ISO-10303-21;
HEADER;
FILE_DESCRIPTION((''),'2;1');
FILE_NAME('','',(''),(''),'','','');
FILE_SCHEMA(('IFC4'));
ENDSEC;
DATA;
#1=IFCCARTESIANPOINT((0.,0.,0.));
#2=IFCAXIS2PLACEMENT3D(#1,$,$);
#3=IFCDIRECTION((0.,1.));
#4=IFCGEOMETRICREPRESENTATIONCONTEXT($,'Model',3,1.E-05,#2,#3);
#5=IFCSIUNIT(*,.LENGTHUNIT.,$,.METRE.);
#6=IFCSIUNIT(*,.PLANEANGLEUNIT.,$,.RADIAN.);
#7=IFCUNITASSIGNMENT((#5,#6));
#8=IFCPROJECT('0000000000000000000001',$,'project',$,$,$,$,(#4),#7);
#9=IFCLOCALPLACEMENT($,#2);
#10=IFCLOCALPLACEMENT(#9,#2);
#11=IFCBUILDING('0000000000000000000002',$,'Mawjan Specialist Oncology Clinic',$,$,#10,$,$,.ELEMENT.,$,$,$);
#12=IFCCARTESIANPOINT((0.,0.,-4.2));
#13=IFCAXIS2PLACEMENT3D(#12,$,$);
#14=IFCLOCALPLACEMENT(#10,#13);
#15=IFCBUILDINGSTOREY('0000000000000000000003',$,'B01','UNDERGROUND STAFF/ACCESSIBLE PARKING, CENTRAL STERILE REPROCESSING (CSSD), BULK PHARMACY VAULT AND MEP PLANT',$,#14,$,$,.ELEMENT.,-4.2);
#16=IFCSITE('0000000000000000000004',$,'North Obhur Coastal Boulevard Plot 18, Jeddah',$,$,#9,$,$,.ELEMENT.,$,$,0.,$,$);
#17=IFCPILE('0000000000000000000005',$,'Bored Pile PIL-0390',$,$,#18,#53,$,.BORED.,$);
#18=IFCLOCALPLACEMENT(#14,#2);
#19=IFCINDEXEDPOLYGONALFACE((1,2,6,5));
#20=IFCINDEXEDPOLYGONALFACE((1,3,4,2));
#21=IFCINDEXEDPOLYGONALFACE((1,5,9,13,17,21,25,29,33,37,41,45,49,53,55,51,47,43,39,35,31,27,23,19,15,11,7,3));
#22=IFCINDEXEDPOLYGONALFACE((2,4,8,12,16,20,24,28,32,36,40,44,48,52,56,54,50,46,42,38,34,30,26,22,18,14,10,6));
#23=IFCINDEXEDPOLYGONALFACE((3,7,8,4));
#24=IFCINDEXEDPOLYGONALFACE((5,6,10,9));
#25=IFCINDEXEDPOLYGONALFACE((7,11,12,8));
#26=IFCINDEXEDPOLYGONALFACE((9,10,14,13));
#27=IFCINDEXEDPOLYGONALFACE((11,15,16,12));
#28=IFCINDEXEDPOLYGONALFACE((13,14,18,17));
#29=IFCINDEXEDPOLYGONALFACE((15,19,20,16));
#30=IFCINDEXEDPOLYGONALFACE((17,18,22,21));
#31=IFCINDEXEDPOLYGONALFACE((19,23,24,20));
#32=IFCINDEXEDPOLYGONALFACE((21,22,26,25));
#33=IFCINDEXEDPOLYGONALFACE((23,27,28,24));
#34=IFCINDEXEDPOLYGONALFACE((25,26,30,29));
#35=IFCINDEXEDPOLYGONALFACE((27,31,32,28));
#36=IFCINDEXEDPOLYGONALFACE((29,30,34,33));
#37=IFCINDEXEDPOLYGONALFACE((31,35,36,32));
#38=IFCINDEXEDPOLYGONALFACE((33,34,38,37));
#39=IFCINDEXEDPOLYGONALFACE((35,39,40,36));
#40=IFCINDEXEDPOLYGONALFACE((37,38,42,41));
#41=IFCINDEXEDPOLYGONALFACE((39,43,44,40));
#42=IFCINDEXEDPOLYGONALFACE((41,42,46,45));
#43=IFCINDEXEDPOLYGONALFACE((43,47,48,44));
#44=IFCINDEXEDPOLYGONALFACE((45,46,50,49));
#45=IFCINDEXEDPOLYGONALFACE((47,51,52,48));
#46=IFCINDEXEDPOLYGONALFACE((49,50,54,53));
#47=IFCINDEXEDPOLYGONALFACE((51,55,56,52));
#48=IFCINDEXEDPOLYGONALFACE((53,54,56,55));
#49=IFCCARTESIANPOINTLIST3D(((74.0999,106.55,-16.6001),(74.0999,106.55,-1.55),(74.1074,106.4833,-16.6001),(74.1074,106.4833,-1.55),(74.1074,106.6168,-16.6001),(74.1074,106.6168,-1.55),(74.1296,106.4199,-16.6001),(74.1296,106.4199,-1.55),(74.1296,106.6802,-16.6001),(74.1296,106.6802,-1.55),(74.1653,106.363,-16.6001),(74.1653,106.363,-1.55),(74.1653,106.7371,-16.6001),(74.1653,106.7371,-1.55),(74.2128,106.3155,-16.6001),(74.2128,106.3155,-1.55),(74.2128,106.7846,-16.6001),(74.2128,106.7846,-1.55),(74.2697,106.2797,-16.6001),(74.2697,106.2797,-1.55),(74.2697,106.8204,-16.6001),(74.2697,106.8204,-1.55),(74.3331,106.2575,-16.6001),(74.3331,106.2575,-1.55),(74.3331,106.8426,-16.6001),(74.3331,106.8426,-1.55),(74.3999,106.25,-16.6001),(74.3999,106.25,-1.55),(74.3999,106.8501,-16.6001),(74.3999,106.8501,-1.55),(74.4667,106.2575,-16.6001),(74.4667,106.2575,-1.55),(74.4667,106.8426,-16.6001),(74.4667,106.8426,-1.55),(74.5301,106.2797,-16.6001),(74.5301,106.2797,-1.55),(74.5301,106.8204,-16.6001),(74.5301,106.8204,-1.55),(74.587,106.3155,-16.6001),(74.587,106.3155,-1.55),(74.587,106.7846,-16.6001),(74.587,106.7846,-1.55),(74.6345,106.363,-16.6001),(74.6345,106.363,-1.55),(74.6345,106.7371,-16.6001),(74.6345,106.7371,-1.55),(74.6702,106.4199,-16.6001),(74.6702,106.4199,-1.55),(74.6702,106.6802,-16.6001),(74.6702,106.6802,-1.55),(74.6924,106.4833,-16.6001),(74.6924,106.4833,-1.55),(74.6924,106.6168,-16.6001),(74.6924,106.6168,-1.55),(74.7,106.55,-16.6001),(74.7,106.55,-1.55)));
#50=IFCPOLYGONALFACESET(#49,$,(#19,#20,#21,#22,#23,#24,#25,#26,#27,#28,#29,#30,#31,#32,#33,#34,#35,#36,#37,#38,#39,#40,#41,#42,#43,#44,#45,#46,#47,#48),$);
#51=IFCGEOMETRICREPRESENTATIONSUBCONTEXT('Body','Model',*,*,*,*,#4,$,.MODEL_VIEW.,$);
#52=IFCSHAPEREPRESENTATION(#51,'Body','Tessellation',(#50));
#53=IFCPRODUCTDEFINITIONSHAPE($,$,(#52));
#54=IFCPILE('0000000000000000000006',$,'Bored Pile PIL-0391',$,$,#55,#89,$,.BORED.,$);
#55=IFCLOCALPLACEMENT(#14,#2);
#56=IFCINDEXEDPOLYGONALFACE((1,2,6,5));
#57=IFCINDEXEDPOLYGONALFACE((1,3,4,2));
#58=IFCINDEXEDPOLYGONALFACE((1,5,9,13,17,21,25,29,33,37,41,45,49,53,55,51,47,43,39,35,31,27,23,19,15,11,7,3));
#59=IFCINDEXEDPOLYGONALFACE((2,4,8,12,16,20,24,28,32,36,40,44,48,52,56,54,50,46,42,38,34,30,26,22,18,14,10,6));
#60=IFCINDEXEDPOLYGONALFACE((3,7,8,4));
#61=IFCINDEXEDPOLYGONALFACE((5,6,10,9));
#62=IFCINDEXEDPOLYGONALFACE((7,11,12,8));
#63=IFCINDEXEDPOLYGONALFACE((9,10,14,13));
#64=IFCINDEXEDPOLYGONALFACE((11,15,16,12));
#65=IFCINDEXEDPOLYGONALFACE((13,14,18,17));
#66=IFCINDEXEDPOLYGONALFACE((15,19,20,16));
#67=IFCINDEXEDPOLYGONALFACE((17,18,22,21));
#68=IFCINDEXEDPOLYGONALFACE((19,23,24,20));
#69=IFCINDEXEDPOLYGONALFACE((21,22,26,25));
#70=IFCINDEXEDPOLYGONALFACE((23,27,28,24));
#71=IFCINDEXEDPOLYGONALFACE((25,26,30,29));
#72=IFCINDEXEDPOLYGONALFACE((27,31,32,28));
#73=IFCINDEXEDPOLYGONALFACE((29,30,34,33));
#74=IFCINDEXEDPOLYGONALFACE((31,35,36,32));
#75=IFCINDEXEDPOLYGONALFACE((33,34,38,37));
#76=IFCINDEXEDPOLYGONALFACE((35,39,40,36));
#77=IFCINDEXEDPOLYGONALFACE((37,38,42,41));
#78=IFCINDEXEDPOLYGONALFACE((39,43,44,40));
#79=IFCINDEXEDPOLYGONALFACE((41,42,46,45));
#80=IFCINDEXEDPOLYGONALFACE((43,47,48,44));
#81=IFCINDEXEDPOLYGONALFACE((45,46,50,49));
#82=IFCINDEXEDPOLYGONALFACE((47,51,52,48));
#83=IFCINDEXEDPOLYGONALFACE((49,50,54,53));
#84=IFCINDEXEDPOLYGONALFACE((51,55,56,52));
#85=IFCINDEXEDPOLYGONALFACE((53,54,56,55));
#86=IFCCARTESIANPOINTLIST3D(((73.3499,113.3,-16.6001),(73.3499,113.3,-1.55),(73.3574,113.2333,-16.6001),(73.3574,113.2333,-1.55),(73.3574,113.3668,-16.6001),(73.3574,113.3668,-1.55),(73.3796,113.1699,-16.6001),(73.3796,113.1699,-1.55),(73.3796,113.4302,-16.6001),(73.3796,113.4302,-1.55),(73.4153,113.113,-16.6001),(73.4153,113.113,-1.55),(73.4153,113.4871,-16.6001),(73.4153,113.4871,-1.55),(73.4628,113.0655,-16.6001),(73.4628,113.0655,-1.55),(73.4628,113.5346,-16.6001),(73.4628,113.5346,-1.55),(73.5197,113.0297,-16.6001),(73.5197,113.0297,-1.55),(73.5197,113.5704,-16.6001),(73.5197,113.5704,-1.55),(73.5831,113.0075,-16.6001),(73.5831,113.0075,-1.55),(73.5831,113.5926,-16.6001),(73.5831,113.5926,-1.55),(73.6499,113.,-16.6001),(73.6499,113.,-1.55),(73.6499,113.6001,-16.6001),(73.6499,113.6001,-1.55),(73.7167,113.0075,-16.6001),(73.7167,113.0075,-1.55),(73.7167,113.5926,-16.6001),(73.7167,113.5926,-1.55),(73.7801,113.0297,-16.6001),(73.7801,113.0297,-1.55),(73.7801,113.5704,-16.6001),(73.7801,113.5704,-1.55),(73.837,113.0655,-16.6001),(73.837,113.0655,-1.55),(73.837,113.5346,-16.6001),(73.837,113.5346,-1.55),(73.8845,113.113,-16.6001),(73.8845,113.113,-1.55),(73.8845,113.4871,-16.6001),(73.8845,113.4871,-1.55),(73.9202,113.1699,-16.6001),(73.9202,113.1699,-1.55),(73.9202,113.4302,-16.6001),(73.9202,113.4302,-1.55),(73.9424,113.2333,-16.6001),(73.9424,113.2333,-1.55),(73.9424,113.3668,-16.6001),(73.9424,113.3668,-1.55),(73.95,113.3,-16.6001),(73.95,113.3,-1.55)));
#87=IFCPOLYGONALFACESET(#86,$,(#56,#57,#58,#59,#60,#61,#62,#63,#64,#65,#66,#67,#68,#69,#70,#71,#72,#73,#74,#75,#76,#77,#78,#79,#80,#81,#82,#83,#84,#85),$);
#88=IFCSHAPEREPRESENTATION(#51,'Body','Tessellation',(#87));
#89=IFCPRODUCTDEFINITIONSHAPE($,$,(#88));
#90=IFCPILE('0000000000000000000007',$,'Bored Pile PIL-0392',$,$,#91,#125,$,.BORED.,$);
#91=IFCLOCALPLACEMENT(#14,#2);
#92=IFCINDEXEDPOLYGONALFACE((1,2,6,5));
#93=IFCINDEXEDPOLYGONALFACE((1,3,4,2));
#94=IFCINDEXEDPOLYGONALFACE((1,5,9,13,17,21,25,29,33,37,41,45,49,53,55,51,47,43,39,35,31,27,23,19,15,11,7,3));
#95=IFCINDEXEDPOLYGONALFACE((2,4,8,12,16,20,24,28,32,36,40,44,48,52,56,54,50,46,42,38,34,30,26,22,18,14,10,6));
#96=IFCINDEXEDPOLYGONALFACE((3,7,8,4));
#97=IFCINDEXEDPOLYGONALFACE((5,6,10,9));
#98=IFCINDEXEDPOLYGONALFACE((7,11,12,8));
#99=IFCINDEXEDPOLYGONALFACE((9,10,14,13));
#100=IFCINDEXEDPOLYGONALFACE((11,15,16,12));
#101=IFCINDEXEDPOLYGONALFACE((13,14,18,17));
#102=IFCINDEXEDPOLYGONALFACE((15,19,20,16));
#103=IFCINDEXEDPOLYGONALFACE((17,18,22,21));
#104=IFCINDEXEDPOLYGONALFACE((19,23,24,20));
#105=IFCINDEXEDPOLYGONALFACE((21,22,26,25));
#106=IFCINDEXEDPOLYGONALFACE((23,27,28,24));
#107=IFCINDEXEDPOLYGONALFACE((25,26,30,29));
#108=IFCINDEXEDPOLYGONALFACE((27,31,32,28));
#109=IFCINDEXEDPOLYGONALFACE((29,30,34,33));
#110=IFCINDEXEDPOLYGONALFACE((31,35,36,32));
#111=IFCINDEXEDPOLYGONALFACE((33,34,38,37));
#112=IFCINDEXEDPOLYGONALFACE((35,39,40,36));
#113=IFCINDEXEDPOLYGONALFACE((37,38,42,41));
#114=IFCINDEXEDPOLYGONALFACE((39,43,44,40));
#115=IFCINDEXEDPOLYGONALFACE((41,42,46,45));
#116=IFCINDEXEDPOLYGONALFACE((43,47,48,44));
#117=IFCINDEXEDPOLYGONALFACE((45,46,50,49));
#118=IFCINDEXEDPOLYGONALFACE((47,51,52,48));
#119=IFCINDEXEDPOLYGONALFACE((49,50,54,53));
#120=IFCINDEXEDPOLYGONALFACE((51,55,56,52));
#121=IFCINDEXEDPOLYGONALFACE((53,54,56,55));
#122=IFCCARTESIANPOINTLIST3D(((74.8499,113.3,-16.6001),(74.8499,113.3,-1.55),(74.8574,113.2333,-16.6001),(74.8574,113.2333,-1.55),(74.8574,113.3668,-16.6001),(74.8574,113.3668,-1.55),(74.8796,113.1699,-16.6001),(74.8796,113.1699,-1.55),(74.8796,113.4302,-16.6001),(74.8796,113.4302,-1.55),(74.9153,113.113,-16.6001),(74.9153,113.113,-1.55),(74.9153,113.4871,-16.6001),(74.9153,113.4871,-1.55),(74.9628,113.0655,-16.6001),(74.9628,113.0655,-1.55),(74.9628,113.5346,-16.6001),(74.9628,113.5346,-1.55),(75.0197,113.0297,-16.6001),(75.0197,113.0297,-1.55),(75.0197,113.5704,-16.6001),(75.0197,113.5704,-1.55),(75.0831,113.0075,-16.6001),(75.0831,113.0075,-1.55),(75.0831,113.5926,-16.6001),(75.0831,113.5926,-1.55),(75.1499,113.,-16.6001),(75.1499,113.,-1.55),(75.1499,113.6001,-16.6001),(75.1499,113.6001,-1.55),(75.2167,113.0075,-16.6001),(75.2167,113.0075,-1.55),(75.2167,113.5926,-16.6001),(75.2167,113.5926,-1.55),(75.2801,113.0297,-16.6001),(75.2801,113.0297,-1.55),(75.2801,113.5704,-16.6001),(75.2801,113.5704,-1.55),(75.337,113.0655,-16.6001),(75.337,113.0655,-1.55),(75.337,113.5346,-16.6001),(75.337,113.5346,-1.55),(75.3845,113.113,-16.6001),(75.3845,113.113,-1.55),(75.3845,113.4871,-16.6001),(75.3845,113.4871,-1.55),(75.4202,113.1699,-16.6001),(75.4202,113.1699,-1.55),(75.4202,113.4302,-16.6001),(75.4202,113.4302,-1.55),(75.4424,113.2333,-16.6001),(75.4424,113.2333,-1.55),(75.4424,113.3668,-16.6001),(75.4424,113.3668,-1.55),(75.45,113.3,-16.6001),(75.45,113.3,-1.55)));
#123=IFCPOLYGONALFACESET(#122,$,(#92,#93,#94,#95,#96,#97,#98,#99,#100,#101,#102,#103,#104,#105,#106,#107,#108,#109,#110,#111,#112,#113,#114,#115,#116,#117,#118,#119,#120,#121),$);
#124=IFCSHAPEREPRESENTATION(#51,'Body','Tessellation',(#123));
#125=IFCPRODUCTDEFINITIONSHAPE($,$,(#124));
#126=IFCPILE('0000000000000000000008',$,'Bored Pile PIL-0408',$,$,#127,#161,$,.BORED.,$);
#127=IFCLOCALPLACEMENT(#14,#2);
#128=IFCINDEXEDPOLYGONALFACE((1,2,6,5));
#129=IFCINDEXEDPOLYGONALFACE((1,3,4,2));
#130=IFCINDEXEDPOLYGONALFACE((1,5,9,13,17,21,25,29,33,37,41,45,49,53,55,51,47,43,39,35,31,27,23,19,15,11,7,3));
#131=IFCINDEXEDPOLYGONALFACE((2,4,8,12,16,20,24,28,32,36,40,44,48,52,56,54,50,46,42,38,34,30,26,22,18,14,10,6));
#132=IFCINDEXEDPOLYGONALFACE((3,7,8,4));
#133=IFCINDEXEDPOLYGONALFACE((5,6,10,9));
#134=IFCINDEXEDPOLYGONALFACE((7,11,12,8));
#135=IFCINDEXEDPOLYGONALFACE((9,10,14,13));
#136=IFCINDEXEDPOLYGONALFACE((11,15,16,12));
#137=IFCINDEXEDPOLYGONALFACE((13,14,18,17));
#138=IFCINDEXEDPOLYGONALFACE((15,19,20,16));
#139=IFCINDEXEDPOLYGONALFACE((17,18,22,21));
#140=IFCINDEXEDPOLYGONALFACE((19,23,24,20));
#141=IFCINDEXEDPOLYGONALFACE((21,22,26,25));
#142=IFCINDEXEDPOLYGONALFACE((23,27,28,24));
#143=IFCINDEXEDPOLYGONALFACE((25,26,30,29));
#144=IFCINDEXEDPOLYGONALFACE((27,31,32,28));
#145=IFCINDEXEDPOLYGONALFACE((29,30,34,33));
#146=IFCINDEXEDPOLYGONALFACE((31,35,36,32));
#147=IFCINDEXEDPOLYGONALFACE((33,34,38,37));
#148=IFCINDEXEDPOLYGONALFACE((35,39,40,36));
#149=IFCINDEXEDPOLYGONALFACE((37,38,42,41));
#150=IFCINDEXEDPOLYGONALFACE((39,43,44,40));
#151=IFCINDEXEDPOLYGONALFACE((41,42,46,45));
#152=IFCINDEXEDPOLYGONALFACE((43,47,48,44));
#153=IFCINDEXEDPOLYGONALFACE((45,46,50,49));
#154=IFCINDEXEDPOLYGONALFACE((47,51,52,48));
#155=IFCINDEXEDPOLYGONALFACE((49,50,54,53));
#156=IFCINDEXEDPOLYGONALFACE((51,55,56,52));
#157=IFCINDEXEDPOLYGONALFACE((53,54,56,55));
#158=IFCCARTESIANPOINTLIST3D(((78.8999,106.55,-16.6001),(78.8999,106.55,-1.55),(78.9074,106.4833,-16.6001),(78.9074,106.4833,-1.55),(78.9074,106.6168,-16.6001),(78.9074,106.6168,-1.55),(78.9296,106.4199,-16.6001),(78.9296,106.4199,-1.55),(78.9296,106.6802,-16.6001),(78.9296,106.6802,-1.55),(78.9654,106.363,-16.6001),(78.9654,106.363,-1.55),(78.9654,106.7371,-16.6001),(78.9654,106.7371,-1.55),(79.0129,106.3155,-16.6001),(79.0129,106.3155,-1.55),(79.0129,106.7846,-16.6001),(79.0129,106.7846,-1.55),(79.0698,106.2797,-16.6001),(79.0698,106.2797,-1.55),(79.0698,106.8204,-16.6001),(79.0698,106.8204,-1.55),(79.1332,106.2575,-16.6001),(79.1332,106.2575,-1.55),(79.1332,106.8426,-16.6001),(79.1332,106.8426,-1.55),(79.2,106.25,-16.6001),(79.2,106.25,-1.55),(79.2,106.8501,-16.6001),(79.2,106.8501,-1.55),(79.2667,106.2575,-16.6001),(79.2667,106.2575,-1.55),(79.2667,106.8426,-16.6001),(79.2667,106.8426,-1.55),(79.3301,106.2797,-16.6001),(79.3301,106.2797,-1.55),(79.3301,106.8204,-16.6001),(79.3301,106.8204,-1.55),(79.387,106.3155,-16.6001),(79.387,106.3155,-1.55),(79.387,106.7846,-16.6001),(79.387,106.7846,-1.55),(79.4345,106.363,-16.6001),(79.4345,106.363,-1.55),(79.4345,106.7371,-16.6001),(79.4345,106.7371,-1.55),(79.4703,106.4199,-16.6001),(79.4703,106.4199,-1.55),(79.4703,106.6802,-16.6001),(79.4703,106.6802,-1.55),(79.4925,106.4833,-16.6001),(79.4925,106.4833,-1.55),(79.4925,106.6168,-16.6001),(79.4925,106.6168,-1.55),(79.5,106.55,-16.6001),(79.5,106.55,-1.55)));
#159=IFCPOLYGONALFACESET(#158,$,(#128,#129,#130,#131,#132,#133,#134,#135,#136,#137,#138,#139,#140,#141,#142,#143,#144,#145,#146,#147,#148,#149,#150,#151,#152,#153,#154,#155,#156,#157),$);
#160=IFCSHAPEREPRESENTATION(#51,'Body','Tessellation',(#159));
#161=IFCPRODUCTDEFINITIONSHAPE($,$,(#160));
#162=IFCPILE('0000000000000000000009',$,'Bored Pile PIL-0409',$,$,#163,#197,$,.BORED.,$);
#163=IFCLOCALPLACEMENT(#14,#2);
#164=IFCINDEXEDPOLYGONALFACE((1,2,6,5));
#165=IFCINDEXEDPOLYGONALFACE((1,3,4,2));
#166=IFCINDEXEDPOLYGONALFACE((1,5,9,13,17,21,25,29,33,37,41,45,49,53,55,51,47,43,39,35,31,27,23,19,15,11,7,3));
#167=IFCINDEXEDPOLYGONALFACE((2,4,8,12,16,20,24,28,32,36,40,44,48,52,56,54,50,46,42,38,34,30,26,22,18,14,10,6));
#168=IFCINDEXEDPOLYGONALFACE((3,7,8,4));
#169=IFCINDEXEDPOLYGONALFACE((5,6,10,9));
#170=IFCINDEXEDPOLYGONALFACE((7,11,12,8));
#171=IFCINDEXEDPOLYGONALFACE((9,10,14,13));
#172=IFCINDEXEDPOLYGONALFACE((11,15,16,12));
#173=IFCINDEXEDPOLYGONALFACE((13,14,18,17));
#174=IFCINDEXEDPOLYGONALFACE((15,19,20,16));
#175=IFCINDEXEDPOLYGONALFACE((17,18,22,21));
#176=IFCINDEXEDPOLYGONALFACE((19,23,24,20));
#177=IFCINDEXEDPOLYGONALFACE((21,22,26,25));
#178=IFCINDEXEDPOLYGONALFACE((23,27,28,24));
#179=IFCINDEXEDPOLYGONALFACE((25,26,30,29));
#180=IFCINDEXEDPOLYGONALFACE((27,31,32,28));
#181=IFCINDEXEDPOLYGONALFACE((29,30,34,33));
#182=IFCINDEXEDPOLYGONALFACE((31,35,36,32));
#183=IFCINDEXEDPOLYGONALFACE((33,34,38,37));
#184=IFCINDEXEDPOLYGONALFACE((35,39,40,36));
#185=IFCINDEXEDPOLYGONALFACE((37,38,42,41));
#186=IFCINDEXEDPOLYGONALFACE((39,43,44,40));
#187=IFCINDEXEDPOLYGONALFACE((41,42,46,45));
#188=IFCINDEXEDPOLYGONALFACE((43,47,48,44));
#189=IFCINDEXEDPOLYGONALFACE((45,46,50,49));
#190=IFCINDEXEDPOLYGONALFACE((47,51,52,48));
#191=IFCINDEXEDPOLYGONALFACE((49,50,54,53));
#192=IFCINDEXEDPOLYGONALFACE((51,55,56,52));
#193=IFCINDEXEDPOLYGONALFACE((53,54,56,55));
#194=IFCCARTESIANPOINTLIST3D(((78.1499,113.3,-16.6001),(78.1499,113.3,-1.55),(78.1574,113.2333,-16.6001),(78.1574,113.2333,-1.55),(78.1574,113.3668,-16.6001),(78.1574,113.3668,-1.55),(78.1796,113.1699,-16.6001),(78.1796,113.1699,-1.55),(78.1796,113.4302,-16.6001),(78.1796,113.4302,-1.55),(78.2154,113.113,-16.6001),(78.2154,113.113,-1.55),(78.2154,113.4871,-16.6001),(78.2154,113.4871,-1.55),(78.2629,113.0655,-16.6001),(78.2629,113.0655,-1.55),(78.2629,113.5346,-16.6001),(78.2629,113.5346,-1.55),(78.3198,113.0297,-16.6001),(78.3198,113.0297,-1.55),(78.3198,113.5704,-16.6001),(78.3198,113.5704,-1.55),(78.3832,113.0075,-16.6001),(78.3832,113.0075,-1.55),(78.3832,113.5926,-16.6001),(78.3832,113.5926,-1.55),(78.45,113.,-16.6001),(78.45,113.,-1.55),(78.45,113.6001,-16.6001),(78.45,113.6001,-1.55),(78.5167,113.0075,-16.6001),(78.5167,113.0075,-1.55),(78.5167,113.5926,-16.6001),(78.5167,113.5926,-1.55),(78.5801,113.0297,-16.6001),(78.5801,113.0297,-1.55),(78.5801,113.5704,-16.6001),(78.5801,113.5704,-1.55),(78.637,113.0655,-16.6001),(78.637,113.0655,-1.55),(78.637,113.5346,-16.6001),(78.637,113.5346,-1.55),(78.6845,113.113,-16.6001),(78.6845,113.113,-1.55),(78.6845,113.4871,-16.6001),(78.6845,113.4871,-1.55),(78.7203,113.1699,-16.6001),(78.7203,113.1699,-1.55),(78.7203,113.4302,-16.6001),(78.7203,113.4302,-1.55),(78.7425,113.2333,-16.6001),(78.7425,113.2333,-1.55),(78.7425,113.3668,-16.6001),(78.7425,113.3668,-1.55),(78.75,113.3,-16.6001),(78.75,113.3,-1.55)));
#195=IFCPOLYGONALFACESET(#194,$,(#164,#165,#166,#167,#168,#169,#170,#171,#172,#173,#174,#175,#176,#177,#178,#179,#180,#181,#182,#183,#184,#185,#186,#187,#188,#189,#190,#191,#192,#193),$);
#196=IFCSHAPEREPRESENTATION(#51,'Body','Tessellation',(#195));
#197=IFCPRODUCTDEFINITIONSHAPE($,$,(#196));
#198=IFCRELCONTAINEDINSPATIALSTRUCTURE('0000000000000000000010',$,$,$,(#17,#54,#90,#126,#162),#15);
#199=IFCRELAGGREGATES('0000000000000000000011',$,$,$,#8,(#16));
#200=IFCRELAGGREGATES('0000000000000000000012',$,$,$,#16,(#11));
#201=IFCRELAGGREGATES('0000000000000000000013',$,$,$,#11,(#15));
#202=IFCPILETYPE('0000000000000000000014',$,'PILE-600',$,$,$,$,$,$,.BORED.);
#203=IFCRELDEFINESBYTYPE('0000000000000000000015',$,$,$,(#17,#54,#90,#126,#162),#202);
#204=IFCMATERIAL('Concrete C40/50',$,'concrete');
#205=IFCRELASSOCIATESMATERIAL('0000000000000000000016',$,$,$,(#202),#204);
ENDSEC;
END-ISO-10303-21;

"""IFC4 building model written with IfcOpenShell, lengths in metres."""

from ifc_helpers import new_model, si_unit, direction, frame, origin, origin_2d, place, context, subcontext, project, spatial, circle, extrude, material, material_profile, profile_set, type_object, element, save


model = new_model("IFC4")

# Units and contexts
model_context = context("Model", 3, precision=1e-05, world=origin(), true_north=direction((0.0, 1.0)))
body_context = subcontext(model_context, "Body", "Model", "MODEL_VIEW")
ifc_project = project(units=[si_unit("LENGTHUNIT", "METRE"), si_unit("PLANEANGLEUNIT", "RADIAN")], contexts=[model_context])

# Site, building, storey
site_placement = place(None, origin())
site = spatial("IfcSite", under=ifc_project, at=site_placement, Name="North Obhur Coastal Boulevard Plot 18, Jeddah", CompositionType="ELEMENT", RefElevation=0.0)
building_placement = place(site_placement, origin())
building = spatial("IfcBuilding", under=site, at=building_placement, Name="Mawjan Specialist Oncology Clinic", CompositionType="ELEMENT")
storey_placement = place(building_placement, frame((0.0, 0.0, -4.2)))
storey = spatial("IfcBuildingStorey", under=building, at=storey_placement, Name="B01", Description="UNDERGROUND STAFF/ACCESSIBLE PARKING, CENTRAL STERILE REPROCESSING (CSSD), BULK PHARMACY VAULT AND MEP PLANT", CompositionType="ELEMENT", Elevation=-4.2)

# Piles
ifc_material_1 = material(Name="Concrete C40/50", Category="concrete")
ifc_material_profile_1 = material_profile(ifc_material_1, circle(Radius=0.3, at=origin_2d()), Name="BORED PILE D600", Category="concrete")
ifc_profile_set_1 = profile_set([ifc_material_profile_1], Name="Concrete C40/50")
pile_type = type_object("IfcPileType", Name="PILE-600", PredefinedType="BORED", material=ifc_profile_set_1)
for number, where, z_axis, x_axis, name in (
    (1, (74.3999, 106.55, -1.55), (0.0, 0.0, -1.0), (1.0, 0.0, 0.0), "Bored Pile PIL-0390"),
    (2, (73.6499, 113.3, -1.55), (0.0, 0.0, -1.0), (1.0, 0.0, 0.0), "Bored Pile PIL-0391"),
    (3, (75.1499, 113.3, -1.55), (0.0, 0.0, -1.0), (1.0, 0.0, 0.0), "Bored Pile PIL-0392"),
    (4, (79.2, 106.55, -1.55), (0.0, 0.0, -1.0), (1.0, 0.0, 0.0), "Bored Pile PIL-0408"),
    (5, (78.45, 113.3, -1.55), (0.0, 0.0, -1.0), (1.0, 0.0, 0.0), "Bored Pile PIL-0409"),
):
    element("IfcPile", number, at=place(storey_placement, frame(where, z_axis=z_axis, x_axis=x_axis)), inside=storey, type_object=pile_type, Name=name, PredefinedType="BORED", context=body_context, shape_type="SweptSolid", body=[
        extrude(circle(Radius=0.3, at=origin_2d()), origin(), (0.0, 0.0, 1.0), 15.05),
    ])

save(model, "model.ifc")
